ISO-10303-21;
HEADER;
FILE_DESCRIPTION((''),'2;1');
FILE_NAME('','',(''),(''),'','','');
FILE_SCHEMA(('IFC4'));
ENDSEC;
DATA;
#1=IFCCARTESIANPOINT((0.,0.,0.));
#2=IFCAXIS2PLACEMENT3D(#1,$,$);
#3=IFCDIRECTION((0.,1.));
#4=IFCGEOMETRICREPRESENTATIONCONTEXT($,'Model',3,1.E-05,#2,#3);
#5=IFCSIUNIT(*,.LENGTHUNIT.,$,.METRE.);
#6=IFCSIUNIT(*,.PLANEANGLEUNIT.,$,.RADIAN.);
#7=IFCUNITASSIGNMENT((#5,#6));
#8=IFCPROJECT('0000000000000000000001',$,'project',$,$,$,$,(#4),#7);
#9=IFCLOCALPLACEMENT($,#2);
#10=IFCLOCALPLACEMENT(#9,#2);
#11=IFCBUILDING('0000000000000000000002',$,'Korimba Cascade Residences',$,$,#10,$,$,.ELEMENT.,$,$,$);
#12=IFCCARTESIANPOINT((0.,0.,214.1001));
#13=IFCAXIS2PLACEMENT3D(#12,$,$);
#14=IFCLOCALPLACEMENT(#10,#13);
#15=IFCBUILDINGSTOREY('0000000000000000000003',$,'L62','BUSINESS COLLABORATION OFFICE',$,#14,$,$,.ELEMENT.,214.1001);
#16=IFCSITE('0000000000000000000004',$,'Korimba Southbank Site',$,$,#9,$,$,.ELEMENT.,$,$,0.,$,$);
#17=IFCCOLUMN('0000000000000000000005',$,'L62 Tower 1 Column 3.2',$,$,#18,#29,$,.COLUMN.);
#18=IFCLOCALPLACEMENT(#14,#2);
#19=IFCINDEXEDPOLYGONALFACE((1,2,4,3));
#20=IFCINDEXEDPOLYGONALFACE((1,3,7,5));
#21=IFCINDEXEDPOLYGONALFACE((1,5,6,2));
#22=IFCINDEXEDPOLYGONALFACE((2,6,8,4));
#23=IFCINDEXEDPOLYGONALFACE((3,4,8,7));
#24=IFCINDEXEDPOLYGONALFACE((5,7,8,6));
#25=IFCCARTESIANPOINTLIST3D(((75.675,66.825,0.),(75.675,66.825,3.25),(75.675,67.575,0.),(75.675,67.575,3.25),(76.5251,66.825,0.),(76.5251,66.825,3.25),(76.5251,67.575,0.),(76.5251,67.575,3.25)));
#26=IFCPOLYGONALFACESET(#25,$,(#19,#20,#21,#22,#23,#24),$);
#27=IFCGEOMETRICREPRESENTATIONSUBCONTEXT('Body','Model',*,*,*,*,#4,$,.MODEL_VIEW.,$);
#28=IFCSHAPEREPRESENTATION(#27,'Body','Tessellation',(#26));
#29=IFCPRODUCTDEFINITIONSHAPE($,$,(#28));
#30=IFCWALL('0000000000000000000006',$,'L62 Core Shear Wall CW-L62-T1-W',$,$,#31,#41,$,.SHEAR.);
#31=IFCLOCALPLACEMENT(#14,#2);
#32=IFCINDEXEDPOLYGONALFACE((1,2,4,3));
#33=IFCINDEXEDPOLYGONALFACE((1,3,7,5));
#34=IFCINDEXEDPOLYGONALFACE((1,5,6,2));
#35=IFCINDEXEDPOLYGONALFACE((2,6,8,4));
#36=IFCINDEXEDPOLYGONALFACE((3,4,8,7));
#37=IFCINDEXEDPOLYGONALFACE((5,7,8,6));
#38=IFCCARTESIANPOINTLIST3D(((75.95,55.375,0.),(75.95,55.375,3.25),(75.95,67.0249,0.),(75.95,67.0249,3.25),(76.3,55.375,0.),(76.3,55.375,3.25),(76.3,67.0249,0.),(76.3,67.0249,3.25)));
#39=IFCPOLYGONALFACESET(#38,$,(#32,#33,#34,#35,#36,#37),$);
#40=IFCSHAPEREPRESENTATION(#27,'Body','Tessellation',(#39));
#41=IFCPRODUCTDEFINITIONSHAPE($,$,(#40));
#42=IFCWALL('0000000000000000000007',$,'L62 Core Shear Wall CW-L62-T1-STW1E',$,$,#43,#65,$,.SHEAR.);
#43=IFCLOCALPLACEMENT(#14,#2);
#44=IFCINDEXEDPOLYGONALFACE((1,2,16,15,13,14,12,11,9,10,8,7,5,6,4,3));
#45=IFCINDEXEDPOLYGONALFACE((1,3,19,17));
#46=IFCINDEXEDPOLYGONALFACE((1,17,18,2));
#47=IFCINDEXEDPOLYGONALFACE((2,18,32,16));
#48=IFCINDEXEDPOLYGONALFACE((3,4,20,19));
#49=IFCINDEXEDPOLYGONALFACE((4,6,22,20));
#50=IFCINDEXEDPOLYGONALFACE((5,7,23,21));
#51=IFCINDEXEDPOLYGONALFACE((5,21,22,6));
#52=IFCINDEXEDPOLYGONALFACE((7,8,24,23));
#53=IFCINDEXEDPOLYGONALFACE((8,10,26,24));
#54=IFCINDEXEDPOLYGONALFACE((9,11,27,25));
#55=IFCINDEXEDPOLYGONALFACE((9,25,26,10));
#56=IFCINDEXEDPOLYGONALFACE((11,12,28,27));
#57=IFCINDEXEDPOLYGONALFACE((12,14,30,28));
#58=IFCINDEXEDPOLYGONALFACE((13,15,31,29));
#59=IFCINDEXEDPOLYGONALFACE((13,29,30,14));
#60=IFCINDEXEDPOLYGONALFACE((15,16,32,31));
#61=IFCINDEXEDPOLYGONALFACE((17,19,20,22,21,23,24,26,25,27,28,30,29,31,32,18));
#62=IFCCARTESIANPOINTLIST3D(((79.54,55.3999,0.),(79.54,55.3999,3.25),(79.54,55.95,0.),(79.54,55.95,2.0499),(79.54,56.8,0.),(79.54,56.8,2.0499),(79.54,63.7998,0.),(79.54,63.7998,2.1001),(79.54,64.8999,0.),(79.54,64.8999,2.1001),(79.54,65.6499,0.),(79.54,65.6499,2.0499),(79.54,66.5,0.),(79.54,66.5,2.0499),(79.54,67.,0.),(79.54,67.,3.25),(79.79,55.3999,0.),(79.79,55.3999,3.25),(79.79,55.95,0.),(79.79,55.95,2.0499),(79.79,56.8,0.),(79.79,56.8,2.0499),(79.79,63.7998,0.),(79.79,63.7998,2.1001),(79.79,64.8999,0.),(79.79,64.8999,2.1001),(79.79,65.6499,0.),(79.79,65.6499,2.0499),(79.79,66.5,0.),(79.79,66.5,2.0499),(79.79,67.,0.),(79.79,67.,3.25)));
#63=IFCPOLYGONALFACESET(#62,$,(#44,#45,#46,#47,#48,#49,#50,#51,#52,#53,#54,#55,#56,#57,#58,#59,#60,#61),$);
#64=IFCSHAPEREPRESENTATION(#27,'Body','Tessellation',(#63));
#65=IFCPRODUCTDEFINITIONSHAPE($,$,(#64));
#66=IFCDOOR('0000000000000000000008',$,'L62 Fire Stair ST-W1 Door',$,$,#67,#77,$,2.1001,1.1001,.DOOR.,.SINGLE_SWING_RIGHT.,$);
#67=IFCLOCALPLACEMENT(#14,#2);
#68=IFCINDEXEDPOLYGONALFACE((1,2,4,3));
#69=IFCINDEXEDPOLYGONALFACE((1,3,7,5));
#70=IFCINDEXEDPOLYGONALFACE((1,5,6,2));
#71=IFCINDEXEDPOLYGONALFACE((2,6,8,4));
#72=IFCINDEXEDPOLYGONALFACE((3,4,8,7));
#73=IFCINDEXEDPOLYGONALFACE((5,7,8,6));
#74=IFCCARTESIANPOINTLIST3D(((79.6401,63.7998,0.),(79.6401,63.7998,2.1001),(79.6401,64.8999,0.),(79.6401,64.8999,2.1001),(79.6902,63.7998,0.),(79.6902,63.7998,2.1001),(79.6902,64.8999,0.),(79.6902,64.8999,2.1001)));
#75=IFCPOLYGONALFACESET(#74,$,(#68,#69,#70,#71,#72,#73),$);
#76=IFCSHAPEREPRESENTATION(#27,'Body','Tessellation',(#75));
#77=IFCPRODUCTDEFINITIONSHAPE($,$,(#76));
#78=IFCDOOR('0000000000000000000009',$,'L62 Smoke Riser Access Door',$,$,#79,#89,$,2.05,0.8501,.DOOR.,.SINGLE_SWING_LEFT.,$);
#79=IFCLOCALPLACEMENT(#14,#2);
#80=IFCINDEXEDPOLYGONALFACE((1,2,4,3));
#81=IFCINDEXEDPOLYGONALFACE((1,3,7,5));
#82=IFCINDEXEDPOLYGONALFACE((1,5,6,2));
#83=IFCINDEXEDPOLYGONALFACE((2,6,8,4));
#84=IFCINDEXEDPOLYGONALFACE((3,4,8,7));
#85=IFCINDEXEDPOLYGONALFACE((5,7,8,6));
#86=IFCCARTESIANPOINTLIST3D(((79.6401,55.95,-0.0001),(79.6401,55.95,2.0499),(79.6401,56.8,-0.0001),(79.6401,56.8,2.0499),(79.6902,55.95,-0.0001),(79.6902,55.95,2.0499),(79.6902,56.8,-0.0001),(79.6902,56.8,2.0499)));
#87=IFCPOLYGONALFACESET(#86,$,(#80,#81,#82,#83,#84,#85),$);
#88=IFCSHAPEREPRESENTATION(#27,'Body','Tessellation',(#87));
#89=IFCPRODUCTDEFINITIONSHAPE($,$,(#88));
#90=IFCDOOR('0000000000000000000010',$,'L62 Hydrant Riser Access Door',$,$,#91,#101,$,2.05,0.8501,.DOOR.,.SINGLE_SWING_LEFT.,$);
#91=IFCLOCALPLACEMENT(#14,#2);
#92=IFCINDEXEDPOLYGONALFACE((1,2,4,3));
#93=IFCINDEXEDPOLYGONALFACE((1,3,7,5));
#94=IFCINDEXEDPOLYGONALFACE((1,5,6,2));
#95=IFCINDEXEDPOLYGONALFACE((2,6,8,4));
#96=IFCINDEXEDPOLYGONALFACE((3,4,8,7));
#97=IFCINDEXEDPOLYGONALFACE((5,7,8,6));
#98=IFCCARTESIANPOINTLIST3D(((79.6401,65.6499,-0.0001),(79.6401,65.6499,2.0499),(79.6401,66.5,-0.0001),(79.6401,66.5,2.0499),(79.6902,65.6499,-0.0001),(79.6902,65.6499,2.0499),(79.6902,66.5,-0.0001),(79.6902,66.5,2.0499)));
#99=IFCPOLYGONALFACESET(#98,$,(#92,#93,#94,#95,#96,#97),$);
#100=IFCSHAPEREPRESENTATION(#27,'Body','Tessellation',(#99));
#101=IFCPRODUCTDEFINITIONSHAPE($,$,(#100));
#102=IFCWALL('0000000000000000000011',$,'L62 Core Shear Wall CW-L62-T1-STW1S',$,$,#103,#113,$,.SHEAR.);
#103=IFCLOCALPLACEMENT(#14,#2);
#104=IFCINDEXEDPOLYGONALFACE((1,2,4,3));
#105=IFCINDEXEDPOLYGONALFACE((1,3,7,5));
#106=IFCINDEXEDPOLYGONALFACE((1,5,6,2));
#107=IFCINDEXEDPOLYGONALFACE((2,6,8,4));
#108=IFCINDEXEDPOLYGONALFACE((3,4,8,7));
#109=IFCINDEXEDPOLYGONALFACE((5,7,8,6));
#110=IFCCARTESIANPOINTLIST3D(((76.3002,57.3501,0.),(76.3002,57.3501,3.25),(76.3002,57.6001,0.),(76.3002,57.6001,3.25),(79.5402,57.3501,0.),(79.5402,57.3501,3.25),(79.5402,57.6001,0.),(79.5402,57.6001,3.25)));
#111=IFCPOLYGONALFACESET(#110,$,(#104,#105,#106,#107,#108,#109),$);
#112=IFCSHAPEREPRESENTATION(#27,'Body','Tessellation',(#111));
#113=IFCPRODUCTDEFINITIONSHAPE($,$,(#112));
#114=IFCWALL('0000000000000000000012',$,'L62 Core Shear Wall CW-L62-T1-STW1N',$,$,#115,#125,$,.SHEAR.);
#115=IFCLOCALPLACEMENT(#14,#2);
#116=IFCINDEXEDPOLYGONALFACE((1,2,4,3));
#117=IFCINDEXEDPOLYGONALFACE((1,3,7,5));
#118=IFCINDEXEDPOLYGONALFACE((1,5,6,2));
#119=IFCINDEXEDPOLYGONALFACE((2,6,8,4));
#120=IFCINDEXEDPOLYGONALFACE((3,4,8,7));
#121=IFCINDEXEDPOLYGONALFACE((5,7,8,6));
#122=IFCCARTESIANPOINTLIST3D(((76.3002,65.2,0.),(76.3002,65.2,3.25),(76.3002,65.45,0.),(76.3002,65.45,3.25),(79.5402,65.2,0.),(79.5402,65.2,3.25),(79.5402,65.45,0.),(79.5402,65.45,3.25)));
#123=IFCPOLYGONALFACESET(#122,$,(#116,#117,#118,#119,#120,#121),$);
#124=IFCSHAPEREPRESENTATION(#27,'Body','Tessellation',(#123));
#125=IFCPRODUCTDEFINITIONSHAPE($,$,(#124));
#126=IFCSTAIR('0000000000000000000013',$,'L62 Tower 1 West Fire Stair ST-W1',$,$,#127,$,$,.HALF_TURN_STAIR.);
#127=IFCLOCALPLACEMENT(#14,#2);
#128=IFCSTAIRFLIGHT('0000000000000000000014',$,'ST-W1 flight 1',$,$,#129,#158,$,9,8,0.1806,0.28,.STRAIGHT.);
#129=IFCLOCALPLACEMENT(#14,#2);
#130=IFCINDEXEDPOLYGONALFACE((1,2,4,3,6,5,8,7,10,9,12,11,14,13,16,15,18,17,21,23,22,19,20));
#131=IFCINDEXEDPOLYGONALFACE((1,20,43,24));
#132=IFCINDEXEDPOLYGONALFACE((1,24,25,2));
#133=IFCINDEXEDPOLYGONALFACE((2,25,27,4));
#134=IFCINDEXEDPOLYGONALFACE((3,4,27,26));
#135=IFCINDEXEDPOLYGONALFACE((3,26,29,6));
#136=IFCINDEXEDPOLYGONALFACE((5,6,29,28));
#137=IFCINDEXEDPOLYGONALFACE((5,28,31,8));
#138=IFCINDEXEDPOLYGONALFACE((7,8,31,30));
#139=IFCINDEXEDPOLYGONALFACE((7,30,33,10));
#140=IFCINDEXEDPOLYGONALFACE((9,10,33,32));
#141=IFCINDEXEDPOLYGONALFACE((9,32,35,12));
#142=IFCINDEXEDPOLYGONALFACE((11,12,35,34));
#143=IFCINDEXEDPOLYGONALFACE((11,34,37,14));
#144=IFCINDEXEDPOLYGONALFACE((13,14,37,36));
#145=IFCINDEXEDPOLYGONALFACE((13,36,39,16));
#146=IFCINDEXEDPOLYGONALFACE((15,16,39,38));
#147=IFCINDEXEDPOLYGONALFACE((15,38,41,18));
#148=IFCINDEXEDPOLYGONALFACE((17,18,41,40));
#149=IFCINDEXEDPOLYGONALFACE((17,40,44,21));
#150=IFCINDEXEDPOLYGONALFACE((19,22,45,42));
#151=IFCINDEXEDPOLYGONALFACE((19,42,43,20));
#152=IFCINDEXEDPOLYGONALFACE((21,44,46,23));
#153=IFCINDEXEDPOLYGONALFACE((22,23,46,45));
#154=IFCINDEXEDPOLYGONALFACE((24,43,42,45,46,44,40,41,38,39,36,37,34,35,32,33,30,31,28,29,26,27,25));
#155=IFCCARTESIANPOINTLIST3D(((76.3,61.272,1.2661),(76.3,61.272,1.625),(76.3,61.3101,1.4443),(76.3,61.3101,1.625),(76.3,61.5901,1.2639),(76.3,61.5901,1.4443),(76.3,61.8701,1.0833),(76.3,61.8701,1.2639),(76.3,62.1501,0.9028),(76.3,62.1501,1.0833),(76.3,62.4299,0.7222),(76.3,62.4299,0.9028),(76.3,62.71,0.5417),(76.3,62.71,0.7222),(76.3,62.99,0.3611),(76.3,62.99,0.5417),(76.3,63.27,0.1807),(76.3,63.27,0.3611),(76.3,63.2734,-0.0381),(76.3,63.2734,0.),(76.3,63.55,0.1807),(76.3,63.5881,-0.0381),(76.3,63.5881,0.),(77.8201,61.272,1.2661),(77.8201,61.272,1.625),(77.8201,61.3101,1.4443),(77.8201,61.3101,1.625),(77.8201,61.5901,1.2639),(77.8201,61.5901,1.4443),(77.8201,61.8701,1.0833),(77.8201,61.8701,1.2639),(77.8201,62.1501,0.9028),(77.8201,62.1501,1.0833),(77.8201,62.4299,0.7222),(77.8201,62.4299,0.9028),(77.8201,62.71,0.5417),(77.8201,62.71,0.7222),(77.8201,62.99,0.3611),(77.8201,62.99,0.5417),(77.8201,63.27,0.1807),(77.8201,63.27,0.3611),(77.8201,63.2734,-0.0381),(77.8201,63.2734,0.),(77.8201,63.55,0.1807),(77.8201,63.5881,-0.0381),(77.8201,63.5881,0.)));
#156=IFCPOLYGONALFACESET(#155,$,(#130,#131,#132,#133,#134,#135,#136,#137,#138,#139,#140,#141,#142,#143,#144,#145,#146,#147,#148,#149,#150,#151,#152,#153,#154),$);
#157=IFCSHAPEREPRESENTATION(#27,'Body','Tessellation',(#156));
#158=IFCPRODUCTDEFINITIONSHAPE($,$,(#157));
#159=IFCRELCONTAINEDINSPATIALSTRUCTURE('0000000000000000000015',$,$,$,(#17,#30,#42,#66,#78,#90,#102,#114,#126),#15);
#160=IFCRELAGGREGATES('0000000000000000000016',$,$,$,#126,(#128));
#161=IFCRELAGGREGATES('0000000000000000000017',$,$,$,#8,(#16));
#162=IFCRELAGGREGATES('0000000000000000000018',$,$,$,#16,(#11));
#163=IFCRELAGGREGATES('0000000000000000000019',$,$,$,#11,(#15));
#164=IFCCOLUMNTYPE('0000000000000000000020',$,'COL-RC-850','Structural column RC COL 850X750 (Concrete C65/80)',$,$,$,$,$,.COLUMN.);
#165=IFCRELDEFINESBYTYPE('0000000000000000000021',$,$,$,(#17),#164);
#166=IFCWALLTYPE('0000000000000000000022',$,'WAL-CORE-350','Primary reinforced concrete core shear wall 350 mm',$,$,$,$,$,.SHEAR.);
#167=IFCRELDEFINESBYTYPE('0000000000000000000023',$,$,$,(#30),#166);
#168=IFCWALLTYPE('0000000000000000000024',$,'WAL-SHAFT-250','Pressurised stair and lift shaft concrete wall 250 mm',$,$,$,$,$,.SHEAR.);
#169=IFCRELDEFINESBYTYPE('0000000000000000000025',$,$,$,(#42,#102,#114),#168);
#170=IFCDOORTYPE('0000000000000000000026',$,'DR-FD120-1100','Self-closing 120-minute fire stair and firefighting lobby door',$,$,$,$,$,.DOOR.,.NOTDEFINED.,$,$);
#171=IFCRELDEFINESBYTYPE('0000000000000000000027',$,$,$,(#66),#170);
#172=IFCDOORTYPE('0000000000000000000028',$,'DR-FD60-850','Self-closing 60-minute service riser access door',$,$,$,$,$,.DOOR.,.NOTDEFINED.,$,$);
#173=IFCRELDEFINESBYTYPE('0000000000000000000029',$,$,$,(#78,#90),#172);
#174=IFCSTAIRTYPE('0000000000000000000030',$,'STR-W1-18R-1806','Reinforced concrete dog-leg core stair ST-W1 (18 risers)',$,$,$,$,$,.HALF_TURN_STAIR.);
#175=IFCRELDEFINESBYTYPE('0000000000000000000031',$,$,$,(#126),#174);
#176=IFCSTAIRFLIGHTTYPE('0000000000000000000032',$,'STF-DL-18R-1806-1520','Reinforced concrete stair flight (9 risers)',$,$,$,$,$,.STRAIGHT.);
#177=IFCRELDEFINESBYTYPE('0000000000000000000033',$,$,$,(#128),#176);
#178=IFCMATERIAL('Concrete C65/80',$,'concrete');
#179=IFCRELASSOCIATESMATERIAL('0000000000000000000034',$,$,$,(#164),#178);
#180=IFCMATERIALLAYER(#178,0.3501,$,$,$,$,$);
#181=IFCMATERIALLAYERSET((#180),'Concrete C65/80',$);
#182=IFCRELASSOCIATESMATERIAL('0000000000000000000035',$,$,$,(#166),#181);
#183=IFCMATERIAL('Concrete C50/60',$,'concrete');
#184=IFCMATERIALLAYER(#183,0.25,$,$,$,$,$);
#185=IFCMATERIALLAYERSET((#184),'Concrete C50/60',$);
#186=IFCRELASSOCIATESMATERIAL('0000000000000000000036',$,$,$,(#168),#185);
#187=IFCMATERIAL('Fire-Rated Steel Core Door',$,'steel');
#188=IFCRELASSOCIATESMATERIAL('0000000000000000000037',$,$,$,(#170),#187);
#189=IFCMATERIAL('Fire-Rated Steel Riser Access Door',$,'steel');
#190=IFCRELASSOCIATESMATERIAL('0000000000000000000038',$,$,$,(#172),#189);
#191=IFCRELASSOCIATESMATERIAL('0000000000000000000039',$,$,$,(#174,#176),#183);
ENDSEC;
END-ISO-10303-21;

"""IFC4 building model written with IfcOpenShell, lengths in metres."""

from ifc_helpers import new_model, si_unit, direction, frame, frame_2d, origin, origin_2d, place, context, subcontext, project, spatial, polyline, rectangle, outline, extrude, material, layer, layer_set, material_profile, profile_set, type_object, element, fill, aggregate, save


model = new_model("IFC4")

# Units and contexts
model_context = context("Model", 3, precision=1e-05, world=origin(), true_north=direction((0.0, 1.0)))
body_context = subcontext(model_context, "Body", "Model", "MODEL_VIEW")
ifc_project = project(units=[si_unit("LENGTHUNIT", "METRE"), si_unit("PLANEANGLEUNIT", "RADIAN")], contexts=[model_context])

# Site, building, storey
site_placement = place(None, origin())
site = spatial("IfcSite", under=ifc_project, at=site_placement, Name="Korimba Southbank Site", CompositionType="ELEMENT", RefElevation=0.0)
building_placement = place(site_placement, origin())
building = spatial("IfcBuilding", under=site, at=building_placement, Name="Korimba Cascade Residences", CompositionType="ELEMENT")
storey_placement = place(building_placement, frame((0.0, 0.0, 214.1001)))
storey = spatial("IfcBuildingStorey", under=building, at=storey_placement, Name="L62", Description="BUSINESS COLLABORATION OFFICE", CompositionType="ELEMENT", Elevation=214.1001)

# Column
ifc_material_1 = material(Name="Concrete C65/80", Category="concrete")
ifc_material_profile = material_profile(ifc_material_1, rectangle(XDim=0.8501, YDim=0.75, at=origin_2d()), Name="Concrete C65/80")
ifc_profile_set = profile_set([ifc_material_profile], Name="Concrete C65/80")
column_type = type_object("IfcColumnType", Name="COL-RC-850", Description="Structural column RC COL 850X750 (Concrete C65/80)", PredefinedType="COLUMN", material=ifc_profile_set)
column_placement = place(storey_placement, frame((76.1001, 67.2, 0.0), z_axis=(0.0, 0.0, 1.0), x_axis=(1.0, 0.0, 0.0)))
element("IfcColumn", 1, at=column_placement, inside=storey, type_object=column_type, Name="L62 Tower 1 Column 3.2", PredefinedType="COLUMN", context=body_context, shape_type="SweptSolid", body=[
    extrude(rectangle(XDim=0.8501, YDim=0.75, at=origin_2d()), origin(), (0.0, 0.0, 1.0), 3.25),
])

# Wall
ifc_layer_1 = layer(ifc_material_1, 0.3501)
ifc_layer_set_1 = layer_set([ifc_layer_1], Name="Concrete C65/80")
wall_type_1 = type_object("IfcWallType", Name="WAL-CORE-350", Description="Primary reinforced concrete core shear wall 350 mm", PredefinedType="SHEAR", material=ifc_layer_set_1)
wall_1_placement = place(storey_placement, frame((76.125, 55.375, 0.0), z_axis=(0.0, 0.0, 1.0), x_axis=(0.0, 1.0, 0.0)))
element("IfcWall", 2, at=wall_1_placement, inside=storey, type_object=wall_type_1, Name="L62 Core Shear Wall CW-L62-T1-W", PredefinedType="SHEAR", context=body_context, shape_type="SweptSolid", body=[
    extrude(rectangle(XDim=11.6499, YDim=0.3501, at=frame_2d((5.825, 0.0))), origin(), (0.0, 0.0, 1.0), 3.25),
])

# Wall, openings, doors
ifc_material_2 = material(Name="Concrete C50/60", Category="concrete")
ifc_layer_2 = layer(ifc_material_2, 0.25)
ifc_layer_set_2 = layer_set([ifc_layer_2], Name="Concrete C50/60")
wall_type_2 = type_object("IfcWallType", Name="WAL-SHAFT-250", Description="Pressurised stair and lift shaft concrete wall 250 mm", PredefinedType="SHEAR", material=ifc_layer_set_2)
wall_2_placement = place(storey_placement, frame((79.665, 55.3999, 0.0), z_axis=(0.0, 0.0, 1.0), x_axis=(0.0, 1.0, 0.0)))
wall_2 = element("IfcWall", 3, at=wall_2_placement, inside=storey, type_object=wall_type_2, Name="L62 Core Shear Wall CW-L62-T1-STW1E", PredefinedType="SHEAR", context=body_context, shape_type="SweptSolid", body=[
    extrude(rectangle(XDim=11.6001, YDim=0.25, at=frame_2d((5.8, 0.0))), origin(), (0.0, 0.0, 1.0), 3.25),
])
opening_1_placement = place(wall_2_placement, frame((0.55, 0.0, 0.0)))
opening_1 = element("IfcOpeningElement", 4, at=opening_1_placement, cuts=wall_2, PredefinedType="OPENING", context=body_context, shape_type="SweptSolid", body=[
    extrude(rectangle(XDim=0.8501, YDim=2.05, at=frame_2d((0.425, 1.0249))), frame((0.0, 0.135, 0.0), z_axis=(0.0, -1.0, 0.0), x_axis=(1.0, 0.0, 0.0)), (0.0, 0.0, 1.0), 0.27),
])
opening_2_placement = place(wall_2_placement, frame((8.3999, 0.0, 0.0)))
opening_2 = element("IfcOpeningElement", 5, at=opening_2_placement, cuts=wall_2, PredefinedType="OPENING", context=body_context, shape_type="SweptSolid", body=[
    extrude(rectangle(XDim=1.1001, YDim=2.1001, at=frame_2d((0.55, 1.05))), frame((0.0, 0.135, 0.0), z_axis=(0.0, -1.0, 0.0), x_axis=(1.0, 0.0, 0.0)), (0.0, 0.0, 1.0), 0.27),
])
opening_3_placement = place(wall_2_placement, frame((10.25, 0.0, 0.0)))
opening_3 = element("IfcOpeningElement", 6, at=opening_3_placement, cuts=wall_2, PredefinedType="OPENING", context=body_context, shape_type="SweptSolid", body=[
    extrude(rectangle(XDim=0.8501, YDim=2.05, at=frame_2d((0.425, 1.0249))), frame((0.0, 0.135, 0.0), z_axis=(0.0, -1.0, 0.0), x_axis=(1.0, 0.0, 0.0)), (0.0, 0.0, 1.0), 0.27),
])
ifc_material_3 = material(Name="Fire-Rated Steel Core Door", Category="steel")
door_type_1 = type_object("IfcDoorType", Name="DR-FD120-1100", Description="Self-closing 120-minute fire stair and firefighting lobby door", OperationType="NOTDEFINED", PredefinedType="DOOR", material=ifc_material_3)
door_1_placement = place(opening_2_placement, origin())
door_1 = element("IfcDoor", 7, at=door_1_placement, inside=storey, type_object=door_type_1, Name="L62 Fire Stair ST-W1 Door", OperationType="SINGLE_SWING_RIGHT", OverallHeight=2.1001, OverallWidth=1.1001, PredefinedType="DOOR", context=body_context, shape_type="SweptSolid", body=[
    extrude(rectangle(XDim=1.1001, YDim=2.1001, at=frame_2d((0.55, 1.05))), frame((0.0, 0.0249, 0.0), z_axis=(0.0, -1.0, 0.0), x_axis=(1.0, 0.0, 0.0)), (0.0, 0.0, 1.0), 0.05),
])
fill(opening_2, door_1)
ifc_material_4 = material(Name="Fire-Rated Steel Riser Access Door", Category="steel")
door_type_2 = type_object("IfcDoorType", Name="DR-FD60-850", Description="Self-closing 60-minute service riser access door", OperationType="NOTDEFINED", PredefinedType="DOOR", material=ifc_material_4)
door_2_placement = place(opening_1_placement, origin())
door_2 = element("IfcDoor", 8, at=door_2_placement, inside=storey, type_object=door_type_2, Name="L62 Smoke Riser Access Door", OperationType="SINGLE_SWING_LEFT", OverallHeight=2.05, OverallWidth=0.8501, PredefinedType="DOOR", context=body_context, shape_type="SweptSolid", body=[
    extrude(rectangle(XDim=0.8501, YDim=2.05, at=frame_2d((0.425, 1.0249))), frame((0.0, 0.0249, 0.0), z_axis=(0.0, -1.0, 0.0), x_axis=(1.0, 0.0, 0.0)), (0.0, 0.0, 1.0), 0.05),
])
fill(opening_1, door_2)
door_3_placement = place(opening_3_placement, origin())
door_3 = element("IfcDoor", 9, at=door_3_placement, inside=storey, type_object=door_type_2, Name="L62 Hydrant Riser Access Door", OperationType="SINGLE_SWING_LEFT", OverallHeight=2.05, OverallWidth=0.8501, PredefinedType="DOOR", context=body_context, shape_type="SweptSolid", body=[
    extrude(rectangle(XDim=0.8501, YDim=2.05, at=frame_2d((0.425, 1.0249))), frame((0.0, 0.0249, 0.0), z_axis=(0.0, -1.0, 0.0), x_axis=(1.0, 0.0, 0.0)), (0.0, 0.0, 1.0), 0.05),
])
fill(opening_3, door_3)

# Walls
for number, where, z_axis, x_axis, name in (
    (10, (76.3, 57.4751, 0.0), (0.0, 0.0, 1.0), (1.0, 0.0, 0.0), "L62 Core Shear Wall CW-L62-T1-STW1S"),
    (11, (76.3, 65.325, 0.0), (0.0, 0.0, 1.0), (1.0, 0.0, 0.0), "L62 Core Shear Wall CW-L62-T1-STW1N"),
):
    element("IfcWall", number, at=place(storey_placement, frame(where, z_axis=z_axis, x_axis=x_axis)), inside=storey, type_object=wall_type_2, Name=name, PredefinedType="SHEAR", context=body_context, shape_type="SweptSolid", body=[
        extrude(rectangle(XDim=3.24, YDim=0.25, at=frame_2d((1.6201, 0.0))), origin(), (0.0, 0.0, 1.0), 3.25),
    ])

# Stair, stair flight
stair_type = type_object("IfcStairType", Name="STR-W1-18R-1806", Description="Reinforced concrete dog-leg core stair ST-W1 (18 risers)", PredefinedType="HALF_TURN_STAIR", material=ifc_material_2)
stair_placement = place(storey_placement, origin())
stair = element("IfcStair", 12, at=stair_placement, inside=storey, type_object=stair_type, Name="L62 Tower 1 West Fire Stair ST-W1", PredefinedType="HALF_TURN_STAIR")
stair_flight_type = type_object("IfcStairFlightType", Name="STF-DL-18R-1806-1520", Description="Reinforced concrete stair flight (9 risers)", PredefinedType="STRAIGHT", material=ifc_material_2)
stair_flight_1_placement = place(storey_placement, frame((77.0601, 63.55, 0.0), z_axis=(0.0, 0.0, 1.0), x_axis=(0.0, -1.0, 0.0)))
stair_flight_1 = element("IfcStairFlight", 13, at=stair_flight_1_placement, type_object=stair_flight_type, Name="ST-W1 flight 1", NumberOfRisers=9, NumberOfTreads=8, PredefinedType="STRAIGHT", RiserHeight=0.1806, TreadLength=0.28, context=body_context, shape_type="SweptSolid", body=[
    extrude(outline(polyline([(-0.0381, 0.0), (0.0, 0.1807), (0.28, 0.1807), (0.28, 0.3611), (0.5601, 0.3611), (0.5601, 0.5417), (0.8401, 0.5417), (0.8401, 0.7222), (1.1201, 0.7222), (1.1201, 0.9028), (1.3999, 0.9028), (1.3999, 1.0833), (1.6799, 1.0833), (1.6799, 1.2639), (1.96, 1.2639), (1.96, 1.4443), (2.24, 1.4443), (2.24, 1.625), (2.2781, 1.625), (2.2781, 1.2661), (0.2766, 0.0), (0.2766, -0.0381), (-0.0381, -0.0381), (-0.0381, 0.0)])), frame((0.0, 0.76, 0.0), z_axis=(0.0, -1.0, 0.0), x_axis=(1.0, 0.0, 0.0)), (0.0, 0.0, 1.0), 1.52),
])
aggregate(stair, [stair_flight_1])

save(model, "model.ifc")
